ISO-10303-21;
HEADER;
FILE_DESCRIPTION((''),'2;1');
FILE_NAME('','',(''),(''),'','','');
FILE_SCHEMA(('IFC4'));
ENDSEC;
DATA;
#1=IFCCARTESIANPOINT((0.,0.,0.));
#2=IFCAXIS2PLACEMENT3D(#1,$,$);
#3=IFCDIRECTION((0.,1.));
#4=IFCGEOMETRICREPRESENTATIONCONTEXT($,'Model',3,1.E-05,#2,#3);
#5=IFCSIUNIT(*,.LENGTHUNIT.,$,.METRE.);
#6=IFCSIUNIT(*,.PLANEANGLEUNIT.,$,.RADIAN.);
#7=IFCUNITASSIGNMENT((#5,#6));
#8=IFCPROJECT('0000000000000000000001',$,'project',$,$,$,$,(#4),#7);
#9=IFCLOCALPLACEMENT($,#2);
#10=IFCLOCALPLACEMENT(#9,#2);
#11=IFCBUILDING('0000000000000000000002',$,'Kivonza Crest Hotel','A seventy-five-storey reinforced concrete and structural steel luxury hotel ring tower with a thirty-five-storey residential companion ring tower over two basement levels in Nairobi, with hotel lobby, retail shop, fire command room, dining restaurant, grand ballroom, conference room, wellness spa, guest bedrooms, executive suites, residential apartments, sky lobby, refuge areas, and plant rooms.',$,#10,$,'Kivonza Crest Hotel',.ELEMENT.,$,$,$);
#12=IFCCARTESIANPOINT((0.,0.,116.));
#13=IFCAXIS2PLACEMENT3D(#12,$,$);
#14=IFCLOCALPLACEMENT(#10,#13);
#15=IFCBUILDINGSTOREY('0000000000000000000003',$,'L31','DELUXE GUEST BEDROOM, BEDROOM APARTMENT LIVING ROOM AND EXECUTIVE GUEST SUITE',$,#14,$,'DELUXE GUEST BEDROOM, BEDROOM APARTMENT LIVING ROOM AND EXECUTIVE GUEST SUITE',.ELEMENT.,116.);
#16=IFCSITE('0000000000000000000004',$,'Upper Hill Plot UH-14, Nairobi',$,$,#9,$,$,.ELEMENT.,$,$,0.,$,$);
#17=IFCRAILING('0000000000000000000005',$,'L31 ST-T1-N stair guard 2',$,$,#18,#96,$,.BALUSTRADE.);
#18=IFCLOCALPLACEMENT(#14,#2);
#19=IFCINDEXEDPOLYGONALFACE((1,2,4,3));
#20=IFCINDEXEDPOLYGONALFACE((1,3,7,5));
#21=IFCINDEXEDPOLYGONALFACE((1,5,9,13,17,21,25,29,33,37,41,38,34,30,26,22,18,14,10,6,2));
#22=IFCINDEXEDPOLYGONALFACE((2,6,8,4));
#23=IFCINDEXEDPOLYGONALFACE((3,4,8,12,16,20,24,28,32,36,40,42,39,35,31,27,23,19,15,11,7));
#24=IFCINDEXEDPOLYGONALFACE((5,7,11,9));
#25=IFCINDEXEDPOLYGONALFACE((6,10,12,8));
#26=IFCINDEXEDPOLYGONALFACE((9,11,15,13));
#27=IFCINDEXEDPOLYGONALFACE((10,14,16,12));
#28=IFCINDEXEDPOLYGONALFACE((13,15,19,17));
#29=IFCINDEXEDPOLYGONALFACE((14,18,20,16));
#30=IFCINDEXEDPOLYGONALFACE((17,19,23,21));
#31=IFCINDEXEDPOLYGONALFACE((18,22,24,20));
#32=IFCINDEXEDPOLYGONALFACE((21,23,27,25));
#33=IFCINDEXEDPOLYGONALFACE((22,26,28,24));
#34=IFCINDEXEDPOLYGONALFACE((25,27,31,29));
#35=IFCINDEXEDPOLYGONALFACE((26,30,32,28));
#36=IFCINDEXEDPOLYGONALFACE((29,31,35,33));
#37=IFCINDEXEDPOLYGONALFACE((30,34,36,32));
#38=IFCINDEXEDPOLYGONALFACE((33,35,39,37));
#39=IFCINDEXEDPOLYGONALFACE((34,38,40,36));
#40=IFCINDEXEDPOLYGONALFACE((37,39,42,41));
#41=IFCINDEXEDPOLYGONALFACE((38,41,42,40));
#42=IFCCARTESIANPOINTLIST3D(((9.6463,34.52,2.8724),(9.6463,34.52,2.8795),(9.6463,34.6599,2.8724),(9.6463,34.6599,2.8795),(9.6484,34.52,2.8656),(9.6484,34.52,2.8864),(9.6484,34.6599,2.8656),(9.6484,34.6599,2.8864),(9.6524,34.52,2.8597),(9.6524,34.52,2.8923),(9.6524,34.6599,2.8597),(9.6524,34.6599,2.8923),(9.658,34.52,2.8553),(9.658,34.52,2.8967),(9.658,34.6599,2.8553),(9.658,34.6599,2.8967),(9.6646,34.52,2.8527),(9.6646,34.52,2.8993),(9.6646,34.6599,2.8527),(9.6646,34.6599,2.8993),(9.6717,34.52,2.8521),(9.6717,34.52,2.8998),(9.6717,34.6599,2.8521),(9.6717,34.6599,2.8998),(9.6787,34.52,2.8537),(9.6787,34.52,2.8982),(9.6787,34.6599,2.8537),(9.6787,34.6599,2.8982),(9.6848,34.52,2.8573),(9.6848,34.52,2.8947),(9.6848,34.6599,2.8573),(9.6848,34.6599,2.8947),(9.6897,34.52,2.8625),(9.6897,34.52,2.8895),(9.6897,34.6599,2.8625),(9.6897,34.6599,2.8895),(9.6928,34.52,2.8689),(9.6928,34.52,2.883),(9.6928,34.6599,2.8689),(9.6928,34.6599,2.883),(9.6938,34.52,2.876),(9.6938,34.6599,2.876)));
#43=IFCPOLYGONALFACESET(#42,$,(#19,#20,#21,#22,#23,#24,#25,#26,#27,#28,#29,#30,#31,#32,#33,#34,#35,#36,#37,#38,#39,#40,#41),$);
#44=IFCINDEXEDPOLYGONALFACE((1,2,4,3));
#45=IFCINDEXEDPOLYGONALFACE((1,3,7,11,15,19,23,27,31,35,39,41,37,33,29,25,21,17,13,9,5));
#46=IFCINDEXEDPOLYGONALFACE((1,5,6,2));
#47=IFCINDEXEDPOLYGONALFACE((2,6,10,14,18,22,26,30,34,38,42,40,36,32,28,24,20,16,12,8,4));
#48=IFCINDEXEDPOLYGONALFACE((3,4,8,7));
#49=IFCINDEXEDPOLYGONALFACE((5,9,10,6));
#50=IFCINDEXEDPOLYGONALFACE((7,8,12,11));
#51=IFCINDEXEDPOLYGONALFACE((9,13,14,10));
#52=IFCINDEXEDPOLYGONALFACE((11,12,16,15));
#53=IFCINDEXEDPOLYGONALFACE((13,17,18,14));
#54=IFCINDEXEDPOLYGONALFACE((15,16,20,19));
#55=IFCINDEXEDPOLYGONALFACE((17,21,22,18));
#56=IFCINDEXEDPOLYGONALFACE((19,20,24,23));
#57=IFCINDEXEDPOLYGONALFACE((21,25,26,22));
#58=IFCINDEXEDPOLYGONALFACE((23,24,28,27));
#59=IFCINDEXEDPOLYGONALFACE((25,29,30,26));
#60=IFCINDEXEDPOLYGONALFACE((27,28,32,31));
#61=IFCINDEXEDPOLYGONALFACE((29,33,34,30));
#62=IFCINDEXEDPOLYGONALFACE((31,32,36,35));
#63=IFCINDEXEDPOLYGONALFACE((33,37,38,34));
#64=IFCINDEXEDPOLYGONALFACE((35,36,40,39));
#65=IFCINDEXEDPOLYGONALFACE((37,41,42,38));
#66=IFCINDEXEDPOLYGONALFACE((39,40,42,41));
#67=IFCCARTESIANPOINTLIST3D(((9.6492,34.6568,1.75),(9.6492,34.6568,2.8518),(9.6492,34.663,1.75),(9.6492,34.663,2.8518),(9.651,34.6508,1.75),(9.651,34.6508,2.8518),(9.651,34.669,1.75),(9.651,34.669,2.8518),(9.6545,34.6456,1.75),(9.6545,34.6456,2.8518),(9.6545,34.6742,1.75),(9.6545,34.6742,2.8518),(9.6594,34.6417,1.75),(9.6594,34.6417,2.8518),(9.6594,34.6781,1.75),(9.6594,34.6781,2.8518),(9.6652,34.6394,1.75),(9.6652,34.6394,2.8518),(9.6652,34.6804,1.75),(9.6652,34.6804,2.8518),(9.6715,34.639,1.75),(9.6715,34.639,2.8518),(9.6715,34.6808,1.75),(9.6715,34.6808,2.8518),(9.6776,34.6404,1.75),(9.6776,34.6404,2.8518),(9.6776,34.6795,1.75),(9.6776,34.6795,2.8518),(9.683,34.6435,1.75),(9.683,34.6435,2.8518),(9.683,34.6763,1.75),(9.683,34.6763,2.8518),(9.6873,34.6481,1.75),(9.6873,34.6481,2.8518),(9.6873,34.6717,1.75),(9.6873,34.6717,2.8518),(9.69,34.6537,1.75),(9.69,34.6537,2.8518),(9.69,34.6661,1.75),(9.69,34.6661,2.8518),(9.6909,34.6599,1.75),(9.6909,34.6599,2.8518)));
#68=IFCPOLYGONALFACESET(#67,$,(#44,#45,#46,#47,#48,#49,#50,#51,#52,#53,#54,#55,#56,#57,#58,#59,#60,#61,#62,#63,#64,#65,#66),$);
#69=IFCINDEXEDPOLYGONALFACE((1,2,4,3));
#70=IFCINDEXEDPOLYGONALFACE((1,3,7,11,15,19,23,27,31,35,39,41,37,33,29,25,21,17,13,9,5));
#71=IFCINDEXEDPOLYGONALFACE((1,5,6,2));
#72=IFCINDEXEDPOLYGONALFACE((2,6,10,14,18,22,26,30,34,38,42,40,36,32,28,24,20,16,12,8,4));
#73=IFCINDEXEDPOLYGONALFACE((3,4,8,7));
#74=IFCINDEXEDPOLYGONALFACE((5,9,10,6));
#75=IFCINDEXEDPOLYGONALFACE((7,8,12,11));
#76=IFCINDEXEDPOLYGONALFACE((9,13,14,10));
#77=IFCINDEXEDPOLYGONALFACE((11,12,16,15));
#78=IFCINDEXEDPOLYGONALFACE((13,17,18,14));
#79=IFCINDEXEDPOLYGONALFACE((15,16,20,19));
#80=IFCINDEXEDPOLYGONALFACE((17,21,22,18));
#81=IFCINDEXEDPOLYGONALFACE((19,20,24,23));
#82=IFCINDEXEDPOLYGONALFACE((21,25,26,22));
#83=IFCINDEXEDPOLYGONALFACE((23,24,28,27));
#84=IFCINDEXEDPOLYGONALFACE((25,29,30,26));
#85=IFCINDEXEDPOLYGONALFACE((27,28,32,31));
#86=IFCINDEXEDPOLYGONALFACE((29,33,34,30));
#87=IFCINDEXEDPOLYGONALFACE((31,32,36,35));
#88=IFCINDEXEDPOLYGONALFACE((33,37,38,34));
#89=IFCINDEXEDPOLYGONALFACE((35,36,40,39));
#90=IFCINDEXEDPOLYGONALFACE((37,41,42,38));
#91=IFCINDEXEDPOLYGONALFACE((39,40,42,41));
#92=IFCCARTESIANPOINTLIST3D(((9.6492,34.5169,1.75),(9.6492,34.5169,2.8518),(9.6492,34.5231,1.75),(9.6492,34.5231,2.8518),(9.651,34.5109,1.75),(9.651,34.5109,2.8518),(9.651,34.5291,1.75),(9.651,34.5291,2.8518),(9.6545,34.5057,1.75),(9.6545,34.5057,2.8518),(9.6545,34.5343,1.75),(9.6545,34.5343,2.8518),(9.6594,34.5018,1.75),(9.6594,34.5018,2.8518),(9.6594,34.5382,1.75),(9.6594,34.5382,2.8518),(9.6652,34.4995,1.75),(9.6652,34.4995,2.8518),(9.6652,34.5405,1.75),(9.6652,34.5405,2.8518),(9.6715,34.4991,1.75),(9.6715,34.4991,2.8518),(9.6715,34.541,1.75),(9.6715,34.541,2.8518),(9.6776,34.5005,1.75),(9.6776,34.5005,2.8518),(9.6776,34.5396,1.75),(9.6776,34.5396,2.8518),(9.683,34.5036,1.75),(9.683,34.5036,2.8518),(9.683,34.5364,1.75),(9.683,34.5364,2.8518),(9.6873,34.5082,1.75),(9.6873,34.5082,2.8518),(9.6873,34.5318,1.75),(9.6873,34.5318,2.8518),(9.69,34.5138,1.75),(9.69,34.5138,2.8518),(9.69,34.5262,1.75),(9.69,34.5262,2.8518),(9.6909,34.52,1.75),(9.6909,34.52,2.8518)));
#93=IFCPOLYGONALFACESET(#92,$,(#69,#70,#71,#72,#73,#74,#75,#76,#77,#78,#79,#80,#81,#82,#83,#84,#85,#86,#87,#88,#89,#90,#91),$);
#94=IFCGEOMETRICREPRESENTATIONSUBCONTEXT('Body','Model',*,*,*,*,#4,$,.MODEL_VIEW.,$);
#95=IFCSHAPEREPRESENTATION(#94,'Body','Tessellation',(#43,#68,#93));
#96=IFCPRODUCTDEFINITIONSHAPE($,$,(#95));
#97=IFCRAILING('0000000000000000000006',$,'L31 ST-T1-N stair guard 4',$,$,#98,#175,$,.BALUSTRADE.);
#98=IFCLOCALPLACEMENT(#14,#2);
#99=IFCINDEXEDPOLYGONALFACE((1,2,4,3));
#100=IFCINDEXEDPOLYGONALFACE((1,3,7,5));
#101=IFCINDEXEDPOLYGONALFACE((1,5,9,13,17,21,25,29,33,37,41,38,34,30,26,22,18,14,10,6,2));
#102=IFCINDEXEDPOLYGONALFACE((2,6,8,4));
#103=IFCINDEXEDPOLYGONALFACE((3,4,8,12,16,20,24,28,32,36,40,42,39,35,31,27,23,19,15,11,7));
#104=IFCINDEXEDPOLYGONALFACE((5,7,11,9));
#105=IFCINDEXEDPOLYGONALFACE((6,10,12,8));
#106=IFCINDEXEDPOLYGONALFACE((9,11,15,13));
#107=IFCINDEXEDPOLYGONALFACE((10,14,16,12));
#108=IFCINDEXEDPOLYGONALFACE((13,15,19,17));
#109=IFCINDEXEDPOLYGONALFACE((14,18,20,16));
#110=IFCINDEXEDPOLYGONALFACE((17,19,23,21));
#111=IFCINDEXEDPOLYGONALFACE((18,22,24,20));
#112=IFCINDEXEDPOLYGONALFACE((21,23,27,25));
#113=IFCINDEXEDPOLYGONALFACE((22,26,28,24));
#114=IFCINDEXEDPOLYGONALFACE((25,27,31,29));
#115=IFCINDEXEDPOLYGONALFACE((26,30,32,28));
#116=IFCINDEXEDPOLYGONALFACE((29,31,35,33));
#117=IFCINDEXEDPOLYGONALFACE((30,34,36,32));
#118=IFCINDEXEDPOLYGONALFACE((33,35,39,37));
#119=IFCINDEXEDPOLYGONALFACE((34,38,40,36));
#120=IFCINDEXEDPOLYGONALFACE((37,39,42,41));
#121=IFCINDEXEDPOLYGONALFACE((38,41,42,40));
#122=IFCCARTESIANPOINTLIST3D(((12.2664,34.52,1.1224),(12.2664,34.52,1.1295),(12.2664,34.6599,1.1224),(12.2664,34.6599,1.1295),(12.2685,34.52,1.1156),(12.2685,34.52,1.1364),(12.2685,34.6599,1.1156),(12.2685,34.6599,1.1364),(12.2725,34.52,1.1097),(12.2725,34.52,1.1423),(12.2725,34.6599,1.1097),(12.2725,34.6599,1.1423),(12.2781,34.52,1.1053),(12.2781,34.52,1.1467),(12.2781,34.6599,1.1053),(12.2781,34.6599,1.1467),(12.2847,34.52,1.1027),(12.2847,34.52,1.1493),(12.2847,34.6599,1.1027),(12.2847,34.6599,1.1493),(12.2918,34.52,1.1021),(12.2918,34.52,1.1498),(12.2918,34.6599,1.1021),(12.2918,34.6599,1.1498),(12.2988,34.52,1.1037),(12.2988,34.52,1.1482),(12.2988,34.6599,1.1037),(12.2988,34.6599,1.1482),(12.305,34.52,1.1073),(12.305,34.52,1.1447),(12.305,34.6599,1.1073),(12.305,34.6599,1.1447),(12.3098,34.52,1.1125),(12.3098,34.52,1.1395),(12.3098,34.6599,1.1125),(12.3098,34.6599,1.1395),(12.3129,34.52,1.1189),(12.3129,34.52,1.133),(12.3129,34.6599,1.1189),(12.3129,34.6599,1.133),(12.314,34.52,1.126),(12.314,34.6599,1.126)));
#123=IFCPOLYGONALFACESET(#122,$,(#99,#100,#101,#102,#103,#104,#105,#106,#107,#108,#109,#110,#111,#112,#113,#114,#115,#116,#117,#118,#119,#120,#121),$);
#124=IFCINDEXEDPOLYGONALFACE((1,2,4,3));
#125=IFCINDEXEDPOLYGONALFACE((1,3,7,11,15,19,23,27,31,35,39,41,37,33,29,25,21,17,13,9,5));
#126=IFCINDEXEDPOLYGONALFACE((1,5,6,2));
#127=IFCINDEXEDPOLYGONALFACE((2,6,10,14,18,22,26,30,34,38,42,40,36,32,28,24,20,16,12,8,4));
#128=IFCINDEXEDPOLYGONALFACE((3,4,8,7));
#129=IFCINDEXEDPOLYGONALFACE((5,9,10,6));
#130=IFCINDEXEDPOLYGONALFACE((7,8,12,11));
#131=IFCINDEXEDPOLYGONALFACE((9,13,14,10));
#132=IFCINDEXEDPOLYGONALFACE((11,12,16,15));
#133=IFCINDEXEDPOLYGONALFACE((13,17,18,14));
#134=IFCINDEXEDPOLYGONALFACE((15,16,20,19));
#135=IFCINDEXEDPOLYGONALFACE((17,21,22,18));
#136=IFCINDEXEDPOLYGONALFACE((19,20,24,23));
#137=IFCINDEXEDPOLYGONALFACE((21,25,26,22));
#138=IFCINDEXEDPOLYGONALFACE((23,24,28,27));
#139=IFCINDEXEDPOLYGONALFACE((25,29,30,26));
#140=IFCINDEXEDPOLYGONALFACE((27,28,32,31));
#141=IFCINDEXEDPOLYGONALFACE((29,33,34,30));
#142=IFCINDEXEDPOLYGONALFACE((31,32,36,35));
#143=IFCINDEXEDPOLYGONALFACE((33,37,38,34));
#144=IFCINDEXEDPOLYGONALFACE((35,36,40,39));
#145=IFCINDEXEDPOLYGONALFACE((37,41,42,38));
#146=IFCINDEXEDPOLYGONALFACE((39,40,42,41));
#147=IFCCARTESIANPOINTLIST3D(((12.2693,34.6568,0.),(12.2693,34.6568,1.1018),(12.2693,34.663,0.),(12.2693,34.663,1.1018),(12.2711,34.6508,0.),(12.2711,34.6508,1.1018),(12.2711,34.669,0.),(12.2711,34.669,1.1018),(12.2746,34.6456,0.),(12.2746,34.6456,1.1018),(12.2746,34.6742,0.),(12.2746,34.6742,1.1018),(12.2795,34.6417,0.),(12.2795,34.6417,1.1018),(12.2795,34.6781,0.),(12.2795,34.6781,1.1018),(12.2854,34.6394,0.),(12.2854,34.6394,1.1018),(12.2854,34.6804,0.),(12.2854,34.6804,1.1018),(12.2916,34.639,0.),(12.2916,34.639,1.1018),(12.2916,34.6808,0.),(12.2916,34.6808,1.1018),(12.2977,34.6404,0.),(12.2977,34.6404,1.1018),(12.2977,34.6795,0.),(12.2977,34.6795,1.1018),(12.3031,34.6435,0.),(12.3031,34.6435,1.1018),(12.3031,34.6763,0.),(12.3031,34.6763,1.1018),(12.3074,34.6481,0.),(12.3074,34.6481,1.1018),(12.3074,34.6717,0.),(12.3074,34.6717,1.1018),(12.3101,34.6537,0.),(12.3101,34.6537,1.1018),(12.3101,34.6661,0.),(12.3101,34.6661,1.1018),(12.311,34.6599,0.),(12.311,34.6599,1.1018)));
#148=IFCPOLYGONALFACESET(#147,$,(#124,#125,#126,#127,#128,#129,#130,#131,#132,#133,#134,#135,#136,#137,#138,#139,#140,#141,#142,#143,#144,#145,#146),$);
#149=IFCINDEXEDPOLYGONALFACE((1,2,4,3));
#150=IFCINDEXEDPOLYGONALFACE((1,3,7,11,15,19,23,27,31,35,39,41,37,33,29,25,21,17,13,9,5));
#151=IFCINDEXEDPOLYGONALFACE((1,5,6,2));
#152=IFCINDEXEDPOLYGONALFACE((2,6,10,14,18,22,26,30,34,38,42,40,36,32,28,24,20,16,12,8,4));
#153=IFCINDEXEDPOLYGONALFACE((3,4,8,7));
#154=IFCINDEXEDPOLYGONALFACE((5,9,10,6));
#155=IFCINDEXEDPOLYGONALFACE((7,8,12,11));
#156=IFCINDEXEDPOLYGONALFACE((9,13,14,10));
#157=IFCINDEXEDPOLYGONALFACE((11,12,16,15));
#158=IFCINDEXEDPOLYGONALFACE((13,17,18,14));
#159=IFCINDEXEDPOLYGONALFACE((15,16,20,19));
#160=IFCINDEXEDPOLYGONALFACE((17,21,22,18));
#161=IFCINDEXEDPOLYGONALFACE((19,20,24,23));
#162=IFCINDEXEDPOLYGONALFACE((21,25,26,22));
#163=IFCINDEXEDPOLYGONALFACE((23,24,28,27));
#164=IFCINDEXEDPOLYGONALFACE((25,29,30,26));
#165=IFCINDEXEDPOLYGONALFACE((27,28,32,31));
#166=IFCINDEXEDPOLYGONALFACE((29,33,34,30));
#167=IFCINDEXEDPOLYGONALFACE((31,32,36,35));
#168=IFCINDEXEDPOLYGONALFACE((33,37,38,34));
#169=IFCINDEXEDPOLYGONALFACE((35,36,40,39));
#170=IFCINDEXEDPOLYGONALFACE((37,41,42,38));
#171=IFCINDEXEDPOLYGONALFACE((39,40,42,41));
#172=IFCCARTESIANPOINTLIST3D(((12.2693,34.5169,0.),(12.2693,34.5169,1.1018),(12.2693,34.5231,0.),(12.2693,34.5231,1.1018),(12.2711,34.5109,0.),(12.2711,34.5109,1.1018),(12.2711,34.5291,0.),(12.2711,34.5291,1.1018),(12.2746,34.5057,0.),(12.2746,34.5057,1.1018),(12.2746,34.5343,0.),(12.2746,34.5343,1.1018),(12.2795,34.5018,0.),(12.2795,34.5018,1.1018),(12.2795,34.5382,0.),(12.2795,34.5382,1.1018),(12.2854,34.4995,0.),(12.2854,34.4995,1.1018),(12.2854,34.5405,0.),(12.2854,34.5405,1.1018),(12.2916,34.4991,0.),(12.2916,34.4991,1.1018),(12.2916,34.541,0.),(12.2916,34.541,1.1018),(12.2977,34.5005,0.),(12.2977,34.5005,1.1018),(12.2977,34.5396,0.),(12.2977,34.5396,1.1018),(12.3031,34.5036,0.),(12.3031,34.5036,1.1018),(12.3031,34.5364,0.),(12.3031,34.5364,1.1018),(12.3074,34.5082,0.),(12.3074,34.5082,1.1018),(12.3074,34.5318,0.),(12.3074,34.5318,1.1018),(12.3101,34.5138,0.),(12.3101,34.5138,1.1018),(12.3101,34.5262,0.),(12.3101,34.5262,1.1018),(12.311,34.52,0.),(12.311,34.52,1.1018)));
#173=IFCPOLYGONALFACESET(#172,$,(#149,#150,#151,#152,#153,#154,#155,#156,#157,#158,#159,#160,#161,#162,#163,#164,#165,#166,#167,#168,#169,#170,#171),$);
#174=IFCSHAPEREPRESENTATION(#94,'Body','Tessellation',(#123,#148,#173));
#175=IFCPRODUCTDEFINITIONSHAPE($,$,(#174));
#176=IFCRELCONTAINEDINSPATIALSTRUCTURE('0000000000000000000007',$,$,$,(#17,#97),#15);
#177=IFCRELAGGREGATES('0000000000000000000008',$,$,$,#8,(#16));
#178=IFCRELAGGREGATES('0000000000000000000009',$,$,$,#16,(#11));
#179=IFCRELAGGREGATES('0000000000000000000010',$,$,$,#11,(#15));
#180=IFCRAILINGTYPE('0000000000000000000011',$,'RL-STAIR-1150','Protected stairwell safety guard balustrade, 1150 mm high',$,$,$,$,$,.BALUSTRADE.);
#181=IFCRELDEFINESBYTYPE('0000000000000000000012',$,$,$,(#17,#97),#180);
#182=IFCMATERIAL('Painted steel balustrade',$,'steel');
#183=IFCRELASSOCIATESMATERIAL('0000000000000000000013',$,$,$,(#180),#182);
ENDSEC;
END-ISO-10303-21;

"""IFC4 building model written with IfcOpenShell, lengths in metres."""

from ifc_helpers import new_model, si_unit, direction, frame, origin, origin_2d, place, context, subcontext, project, spatial, circle, extrude, material, type_object, element, save


model = new_model("IFC4")

# Units and contexts
model_context = context("Model", 3, precision=1e-05, world=origin(), true_north=direction((0.0, 1.0)))
body_context = subcontext(model_context, "Body", "Model", "MODEL_VIEW")
ifc_project = project(units=[si_unit("LENGTHUNIT", "METRE"), si_unit("PLANEANGLEUNIT", "RADIAN")], contexts=[model_context])

# Site, building, storey
site_placement = place(None, origin())
site = spatial("IfcSite", under=ifc_project, at=site_placement, Name="Upper Hill Plot UH-14, Nairobi", CompositionType="ELEMENT", RefElevation=0.0)
building_placement = place(site_placement, origin())
building = spatial("IfcBuilding", under=site, at=building_placement, Name="Kivonza Crest Hotel", Description="A seventy-five-storey reinforced concrete and structural steel luxury hotel ring tower with a thirty-five-storey residential companion ring tower over two basement levels in Nairobi, with hotel lobby, retail shop, fire command room, dining restaurant, grand ballroom, conference room, wellness spa, guest bedrooms, executive suites, residential apartments, sky lobby, refuge areas, and plant rooms.", LongName="Kivonza Crest Hotel", CompositionType="ELEMENT")
storey_placement = place(building_placement, frame((0.0, 0.0, 116.0)))
storey = spatial("IfcBuildingStorey", under=building, at=storey_placement, Name="L31", Description="DELUXE GUEST BEDROOM, BEDROOM APARTMENT LIVING ROOM AND EXECUTIVE GUEST SUITE", LongName="DELUXE GUEST BEDROOM, BEDROOM APARTMENT LIVING ROOM AND EXECUTIVE GUEST SUITE", CompositionType="ELEMENT", Elevation=116.0)

# Railings
ifc_material_1 = material(Name="Painted steel balustrade", Category="steel")
railing_type_1 = type_object("IfcRailingType", Name="RL-STAIR-1150", Description="Protected stairwell safety guard balustrade, 1150 mm high", PredefinedType="BALUSTRADE", material=ifc_material_1)
for number, where, name in (
    (1, (9.6699, 34.6599, 1.75), "L31 ST-T1-N stair guard 2"),
    (2, (12.29, 34.6599, 0.0), "L31 ST-T1-N stair guard 4"),
):
    element("IfcRailing", number, at=place(storey_placement, frame(where)), inside=storey, type_object=railing_type_1, Name=name, PredefinedType="BALUSTRADE", context=body_context, shape_type="SweptSolid", body=[
        extrude(circle(Radius=0.0239, at=origin_2d()), frame((0.0, 0.0, 1.126), z_axis=(0.0, -1.0, 0.0), x_axis=(1.0, 0.0, 0.0)), (0.0, 0.0, 1.0), 0.1399),
        extrude(circle(Radius=0.021, at=origin_2d()), origin(), (0.0, 0.0, 1.0), 1.1018),
        extrude(circle(Radius=0.021, at=origin_2d()), frame((0.0, -0.1399, 0.0)), (0.0, 0.0, 1.0), 1.1018),
    ])

save(model, "model.ifc")
